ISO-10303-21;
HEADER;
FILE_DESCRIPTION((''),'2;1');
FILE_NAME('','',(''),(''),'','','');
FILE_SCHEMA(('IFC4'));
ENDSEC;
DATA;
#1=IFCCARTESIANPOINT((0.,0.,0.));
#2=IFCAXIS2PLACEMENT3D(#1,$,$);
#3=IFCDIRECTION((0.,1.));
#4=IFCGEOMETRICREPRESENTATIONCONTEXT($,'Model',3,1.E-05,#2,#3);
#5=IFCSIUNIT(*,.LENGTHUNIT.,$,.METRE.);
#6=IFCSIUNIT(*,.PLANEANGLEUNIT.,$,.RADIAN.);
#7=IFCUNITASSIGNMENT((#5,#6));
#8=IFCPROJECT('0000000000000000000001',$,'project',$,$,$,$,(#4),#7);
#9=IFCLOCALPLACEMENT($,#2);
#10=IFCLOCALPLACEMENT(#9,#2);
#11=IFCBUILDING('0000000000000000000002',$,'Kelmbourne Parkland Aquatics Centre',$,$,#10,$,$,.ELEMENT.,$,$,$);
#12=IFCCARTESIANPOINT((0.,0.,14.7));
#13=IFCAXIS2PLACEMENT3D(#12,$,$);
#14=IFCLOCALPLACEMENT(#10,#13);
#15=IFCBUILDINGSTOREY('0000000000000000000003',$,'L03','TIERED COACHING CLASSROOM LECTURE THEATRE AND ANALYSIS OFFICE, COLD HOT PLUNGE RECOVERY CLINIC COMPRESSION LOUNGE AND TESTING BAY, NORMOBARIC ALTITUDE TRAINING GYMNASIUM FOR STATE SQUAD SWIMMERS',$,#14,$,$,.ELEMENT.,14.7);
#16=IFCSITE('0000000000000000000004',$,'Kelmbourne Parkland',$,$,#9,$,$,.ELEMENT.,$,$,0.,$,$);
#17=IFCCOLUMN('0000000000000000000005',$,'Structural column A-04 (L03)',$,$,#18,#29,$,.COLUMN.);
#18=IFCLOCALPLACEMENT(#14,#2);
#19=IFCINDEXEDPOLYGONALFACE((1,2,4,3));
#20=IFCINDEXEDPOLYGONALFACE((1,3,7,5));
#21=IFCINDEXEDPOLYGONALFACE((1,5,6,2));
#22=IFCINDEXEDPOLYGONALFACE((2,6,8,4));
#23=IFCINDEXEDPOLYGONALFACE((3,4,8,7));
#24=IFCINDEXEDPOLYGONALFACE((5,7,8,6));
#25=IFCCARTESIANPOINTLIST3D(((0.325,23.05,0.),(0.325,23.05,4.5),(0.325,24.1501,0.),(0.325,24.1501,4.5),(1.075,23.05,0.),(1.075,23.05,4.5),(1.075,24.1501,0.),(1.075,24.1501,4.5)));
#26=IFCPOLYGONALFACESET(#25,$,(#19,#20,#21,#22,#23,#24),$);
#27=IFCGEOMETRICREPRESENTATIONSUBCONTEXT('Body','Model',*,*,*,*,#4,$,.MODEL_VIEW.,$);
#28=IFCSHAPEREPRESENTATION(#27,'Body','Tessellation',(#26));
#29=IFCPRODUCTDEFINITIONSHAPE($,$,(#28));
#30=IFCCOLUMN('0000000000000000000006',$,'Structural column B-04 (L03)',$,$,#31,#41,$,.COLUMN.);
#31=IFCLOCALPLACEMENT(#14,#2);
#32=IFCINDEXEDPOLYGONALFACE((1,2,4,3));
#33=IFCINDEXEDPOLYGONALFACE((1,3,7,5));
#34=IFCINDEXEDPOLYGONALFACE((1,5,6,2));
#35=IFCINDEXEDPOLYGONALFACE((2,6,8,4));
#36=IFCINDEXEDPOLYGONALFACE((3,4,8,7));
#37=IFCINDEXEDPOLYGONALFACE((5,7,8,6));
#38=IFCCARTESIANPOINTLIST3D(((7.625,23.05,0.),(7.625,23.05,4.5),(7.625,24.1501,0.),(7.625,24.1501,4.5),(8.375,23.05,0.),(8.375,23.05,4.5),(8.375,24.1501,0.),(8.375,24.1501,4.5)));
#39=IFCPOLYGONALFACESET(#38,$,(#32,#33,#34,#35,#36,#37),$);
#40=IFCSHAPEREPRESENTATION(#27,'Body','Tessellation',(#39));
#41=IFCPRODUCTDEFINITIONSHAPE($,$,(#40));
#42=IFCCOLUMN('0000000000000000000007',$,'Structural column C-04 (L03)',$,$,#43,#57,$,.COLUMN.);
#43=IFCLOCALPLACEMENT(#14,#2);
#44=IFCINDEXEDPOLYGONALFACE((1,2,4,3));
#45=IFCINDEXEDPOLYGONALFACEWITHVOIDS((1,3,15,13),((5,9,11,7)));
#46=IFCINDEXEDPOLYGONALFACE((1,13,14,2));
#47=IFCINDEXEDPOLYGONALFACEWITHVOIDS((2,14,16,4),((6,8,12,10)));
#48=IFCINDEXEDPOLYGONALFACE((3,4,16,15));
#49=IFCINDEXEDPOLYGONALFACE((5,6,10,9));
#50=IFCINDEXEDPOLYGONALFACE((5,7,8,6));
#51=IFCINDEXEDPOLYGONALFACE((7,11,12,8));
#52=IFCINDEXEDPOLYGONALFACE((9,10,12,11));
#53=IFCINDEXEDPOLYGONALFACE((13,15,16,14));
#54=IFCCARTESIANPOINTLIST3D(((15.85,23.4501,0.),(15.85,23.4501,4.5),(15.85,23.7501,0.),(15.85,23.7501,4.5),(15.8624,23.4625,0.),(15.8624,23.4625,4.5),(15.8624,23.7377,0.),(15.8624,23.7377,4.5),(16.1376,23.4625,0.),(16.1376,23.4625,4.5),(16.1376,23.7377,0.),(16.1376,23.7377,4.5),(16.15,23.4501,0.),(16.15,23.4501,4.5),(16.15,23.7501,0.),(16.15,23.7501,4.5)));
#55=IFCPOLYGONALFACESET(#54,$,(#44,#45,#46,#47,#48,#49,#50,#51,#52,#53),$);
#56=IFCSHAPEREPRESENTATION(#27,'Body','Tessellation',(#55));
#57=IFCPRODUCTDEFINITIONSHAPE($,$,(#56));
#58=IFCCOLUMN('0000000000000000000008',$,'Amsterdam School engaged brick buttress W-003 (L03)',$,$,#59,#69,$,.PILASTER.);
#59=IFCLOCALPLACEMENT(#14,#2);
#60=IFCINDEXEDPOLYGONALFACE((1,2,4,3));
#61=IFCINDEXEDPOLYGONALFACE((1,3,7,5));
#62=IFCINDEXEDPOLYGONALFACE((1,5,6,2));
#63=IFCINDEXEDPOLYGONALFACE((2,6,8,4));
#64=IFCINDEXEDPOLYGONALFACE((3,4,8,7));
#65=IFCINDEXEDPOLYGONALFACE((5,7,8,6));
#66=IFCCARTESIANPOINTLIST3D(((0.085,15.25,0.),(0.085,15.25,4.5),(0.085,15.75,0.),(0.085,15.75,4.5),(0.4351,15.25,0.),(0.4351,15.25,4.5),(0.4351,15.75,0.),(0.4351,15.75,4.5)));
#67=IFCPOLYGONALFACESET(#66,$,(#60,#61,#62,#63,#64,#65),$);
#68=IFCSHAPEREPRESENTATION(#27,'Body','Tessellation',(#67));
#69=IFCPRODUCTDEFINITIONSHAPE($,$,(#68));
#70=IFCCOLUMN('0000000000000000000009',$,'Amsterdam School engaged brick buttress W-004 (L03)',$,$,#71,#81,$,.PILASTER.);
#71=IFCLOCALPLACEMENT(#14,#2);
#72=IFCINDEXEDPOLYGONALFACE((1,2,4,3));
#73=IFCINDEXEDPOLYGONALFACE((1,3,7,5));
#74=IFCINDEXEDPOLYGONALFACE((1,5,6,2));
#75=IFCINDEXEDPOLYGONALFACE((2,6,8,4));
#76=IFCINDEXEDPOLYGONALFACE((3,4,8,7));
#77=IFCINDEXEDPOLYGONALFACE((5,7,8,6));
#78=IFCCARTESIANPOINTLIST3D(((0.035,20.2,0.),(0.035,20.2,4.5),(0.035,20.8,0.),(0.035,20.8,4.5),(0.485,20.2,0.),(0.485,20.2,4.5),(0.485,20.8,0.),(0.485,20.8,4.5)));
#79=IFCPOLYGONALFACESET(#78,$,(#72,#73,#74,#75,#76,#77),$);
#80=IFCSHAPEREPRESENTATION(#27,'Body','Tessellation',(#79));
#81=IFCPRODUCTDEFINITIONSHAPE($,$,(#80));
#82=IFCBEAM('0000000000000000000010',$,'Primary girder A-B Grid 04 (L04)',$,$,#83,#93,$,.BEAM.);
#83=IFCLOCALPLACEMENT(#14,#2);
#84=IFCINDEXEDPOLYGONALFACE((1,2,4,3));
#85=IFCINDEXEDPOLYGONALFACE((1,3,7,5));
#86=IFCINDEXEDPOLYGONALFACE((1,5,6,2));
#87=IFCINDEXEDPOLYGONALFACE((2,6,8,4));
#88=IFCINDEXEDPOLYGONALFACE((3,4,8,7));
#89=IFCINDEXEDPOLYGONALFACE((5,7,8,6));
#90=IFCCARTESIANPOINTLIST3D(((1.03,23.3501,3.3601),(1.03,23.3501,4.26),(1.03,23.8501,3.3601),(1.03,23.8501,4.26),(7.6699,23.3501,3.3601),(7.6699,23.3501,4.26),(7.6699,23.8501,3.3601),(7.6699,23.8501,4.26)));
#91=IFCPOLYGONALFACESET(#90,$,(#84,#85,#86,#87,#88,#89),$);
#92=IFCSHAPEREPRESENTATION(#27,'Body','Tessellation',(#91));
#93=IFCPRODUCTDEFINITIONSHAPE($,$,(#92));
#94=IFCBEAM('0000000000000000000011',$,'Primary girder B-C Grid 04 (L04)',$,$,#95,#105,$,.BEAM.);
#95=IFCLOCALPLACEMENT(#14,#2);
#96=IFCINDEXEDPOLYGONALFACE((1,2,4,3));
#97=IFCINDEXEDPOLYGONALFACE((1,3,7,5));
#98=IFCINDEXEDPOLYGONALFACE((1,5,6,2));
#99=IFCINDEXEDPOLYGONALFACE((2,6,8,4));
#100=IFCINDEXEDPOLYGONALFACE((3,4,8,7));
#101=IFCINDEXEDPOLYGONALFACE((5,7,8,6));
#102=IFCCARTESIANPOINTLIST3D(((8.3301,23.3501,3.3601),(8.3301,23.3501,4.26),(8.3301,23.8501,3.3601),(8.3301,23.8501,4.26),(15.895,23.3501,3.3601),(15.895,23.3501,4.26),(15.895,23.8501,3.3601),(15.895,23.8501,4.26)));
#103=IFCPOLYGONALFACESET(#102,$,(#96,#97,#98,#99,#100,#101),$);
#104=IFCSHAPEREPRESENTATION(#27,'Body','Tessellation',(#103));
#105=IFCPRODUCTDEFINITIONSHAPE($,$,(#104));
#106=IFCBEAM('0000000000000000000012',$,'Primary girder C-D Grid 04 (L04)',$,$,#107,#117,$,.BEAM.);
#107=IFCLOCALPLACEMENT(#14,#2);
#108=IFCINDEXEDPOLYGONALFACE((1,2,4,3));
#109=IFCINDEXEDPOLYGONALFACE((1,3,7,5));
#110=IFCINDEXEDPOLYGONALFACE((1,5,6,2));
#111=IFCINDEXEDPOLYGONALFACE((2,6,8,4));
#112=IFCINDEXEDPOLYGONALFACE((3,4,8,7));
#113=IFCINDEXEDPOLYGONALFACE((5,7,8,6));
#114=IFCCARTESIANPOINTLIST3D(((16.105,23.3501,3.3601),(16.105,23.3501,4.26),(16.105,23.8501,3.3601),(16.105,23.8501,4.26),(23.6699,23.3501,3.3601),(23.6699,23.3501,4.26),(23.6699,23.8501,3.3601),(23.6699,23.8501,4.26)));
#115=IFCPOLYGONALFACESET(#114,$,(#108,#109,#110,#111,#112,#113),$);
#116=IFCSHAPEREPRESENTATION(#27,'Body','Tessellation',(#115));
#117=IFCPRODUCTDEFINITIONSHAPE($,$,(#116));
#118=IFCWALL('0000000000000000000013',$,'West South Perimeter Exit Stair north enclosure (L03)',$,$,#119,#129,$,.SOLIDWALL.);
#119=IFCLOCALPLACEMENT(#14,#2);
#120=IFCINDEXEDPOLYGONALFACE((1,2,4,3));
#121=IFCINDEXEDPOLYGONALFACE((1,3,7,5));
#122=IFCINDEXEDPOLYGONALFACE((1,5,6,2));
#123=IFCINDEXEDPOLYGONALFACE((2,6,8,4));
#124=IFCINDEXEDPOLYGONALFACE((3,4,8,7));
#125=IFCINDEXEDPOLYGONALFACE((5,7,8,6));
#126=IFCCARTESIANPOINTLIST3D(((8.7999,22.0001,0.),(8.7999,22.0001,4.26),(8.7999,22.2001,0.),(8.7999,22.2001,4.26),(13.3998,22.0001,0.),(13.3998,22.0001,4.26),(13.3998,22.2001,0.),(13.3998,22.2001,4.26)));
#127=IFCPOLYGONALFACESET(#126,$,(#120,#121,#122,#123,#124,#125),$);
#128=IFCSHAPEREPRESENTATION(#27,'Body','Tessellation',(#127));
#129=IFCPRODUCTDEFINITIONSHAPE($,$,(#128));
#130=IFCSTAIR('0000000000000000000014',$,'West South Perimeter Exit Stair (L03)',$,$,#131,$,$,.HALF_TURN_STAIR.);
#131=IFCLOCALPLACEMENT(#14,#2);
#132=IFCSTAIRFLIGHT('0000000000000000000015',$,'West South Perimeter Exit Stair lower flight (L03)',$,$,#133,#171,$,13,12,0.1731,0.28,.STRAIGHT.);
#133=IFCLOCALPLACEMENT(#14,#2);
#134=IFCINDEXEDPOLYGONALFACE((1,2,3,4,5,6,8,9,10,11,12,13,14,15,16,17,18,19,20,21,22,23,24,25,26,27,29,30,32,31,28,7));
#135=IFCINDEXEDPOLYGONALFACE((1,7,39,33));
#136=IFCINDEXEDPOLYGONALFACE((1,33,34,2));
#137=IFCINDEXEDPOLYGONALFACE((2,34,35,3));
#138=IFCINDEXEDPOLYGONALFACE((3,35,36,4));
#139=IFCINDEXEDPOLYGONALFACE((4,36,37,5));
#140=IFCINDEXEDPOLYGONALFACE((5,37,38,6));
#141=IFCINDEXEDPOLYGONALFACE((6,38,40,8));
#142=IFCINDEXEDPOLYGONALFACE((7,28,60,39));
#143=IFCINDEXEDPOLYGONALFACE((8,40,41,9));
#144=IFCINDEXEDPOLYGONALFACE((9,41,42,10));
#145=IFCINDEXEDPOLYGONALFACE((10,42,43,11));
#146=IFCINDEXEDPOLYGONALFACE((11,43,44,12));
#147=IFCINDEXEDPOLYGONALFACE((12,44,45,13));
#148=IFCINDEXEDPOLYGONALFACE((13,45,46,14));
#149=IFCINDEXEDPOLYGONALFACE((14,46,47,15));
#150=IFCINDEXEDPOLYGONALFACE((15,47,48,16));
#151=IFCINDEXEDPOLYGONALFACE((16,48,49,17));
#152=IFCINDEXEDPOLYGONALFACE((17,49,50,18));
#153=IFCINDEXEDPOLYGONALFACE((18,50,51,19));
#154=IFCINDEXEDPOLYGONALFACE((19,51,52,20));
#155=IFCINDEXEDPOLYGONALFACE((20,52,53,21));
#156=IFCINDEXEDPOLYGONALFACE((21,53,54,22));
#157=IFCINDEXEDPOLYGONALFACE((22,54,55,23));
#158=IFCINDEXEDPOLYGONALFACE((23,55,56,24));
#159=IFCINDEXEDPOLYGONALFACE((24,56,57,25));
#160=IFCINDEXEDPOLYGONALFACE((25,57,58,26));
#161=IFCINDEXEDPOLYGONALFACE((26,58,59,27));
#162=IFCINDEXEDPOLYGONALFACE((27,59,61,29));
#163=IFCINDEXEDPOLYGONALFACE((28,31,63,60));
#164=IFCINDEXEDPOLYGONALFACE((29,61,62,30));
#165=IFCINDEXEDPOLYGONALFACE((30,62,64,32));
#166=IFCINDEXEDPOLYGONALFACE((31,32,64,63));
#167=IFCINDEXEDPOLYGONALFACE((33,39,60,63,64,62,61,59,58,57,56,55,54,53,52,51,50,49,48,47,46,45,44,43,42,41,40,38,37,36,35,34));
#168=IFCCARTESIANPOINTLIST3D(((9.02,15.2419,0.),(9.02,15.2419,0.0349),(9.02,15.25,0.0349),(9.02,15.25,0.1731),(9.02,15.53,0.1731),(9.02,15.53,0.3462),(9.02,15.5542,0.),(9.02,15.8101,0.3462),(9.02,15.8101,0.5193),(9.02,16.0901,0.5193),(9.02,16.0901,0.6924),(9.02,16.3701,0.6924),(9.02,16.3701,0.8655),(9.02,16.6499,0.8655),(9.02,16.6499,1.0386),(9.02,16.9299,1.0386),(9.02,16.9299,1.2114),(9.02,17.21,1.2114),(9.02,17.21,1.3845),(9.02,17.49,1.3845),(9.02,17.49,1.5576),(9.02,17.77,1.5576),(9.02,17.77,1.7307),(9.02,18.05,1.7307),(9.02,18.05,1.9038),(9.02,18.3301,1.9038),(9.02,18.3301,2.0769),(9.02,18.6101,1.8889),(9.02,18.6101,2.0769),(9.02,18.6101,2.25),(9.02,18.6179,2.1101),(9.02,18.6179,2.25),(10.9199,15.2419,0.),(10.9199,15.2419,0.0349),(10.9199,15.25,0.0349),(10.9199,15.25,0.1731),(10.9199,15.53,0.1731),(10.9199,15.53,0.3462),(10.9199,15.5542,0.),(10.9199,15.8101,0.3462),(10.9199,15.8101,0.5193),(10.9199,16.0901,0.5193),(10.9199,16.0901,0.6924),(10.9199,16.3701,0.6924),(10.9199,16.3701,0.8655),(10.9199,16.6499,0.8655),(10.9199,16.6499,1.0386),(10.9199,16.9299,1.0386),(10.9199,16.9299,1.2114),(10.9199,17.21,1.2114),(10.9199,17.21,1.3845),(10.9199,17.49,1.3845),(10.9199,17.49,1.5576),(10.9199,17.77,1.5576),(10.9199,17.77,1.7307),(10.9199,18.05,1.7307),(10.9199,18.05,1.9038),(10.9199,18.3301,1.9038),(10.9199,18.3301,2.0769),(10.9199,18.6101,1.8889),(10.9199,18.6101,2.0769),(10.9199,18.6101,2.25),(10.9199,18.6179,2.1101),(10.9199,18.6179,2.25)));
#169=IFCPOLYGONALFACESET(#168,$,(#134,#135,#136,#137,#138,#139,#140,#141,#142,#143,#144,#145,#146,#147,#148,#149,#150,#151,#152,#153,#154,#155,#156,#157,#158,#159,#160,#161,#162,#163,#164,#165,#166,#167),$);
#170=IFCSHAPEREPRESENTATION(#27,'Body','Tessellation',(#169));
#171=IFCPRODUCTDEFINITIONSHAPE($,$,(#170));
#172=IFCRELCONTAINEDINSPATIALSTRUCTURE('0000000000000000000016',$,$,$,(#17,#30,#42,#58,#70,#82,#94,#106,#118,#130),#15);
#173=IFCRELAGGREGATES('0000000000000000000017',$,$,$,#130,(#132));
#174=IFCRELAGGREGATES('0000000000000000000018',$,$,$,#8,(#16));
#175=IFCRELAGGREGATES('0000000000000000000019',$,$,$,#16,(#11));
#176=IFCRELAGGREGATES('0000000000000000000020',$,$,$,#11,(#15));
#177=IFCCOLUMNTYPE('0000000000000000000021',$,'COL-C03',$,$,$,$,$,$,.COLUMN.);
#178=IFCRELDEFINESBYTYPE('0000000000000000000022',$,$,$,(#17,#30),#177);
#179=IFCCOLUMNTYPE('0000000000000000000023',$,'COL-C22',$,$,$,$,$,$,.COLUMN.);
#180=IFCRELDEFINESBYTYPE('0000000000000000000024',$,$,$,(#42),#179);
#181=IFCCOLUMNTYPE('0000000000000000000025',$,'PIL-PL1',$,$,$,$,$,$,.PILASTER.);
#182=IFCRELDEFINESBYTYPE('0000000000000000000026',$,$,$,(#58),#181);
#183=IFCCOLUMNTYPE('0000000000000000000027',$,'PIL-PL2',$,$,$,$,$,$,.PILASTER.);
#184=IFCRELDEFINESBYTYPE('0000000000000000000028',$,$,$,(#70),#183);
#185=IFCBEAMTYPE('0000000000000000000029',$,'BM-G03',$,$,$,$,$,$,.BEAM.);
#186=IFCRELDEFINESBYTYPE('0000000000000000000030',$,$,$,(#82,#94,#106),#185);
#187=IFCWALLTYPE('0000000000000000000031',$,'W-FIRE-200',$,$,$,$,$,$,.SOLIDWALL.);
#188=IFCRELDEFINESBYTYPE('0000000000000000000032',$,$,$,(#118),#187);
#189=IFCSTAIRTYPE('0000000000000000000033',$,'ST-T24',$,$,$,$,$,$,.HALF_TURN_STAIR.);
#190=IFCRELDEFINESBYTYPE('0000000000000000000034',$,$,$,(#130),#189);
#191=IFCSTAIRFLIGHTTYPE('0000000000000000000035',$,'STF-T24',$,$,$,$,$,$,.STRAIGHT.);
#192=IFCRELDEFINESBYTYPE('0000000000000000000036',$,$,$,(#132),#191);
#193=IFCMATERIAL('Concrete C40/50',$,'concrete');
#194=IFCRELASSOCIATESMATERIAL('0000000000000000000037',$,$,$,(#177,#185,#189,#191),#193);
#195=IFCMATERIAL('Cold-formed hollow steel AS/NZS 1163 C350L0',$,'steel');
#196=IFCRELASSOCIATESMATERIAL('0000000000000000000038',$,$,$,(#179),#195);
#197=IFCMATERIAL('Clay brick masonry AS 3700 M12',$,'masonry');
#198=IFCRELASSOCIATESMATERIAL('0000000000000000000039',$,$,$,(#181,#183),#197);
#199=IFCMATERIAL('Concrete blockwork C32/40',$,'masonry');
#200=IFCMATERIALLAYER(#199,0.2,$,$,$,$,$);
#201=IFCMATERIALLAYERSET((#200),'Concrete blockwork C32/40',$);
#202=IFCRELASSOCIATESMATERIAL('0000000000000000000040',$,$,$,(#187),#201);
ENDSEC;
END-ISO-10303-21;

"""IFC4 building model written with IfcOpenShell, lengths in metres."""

from ifc_helpers import new_model, si_unit, direction, frame, frame_2d, origin, origin_2d, place, context, subcontext, project, spatial, polyline, rectangle, hollow_rectangle, outline, extrude, material, layer, layer_set, material_profile, profile_set, type_object, element, aggregate, save


model = new_model("IFC4")

# Units and contexts
model_context = context("Model", 3, precision=1e-05, world=origin(), true_north=direction((0.0, 1.0)))
body_context = subcontext(model_context, "Body", "Model", "MODEL_VIEW")
ifc_project = project(units=[si_unit("LENGTHUNIT", "METRE"), si_unit("PLANEANGLEUNIT", "RADIAN")], contexts=[model_context])

# Site, building, storey
site_placement = place(None, origin())
site = spatial("IfcSite", under=ifc_project, at=site_placement, Name="Kelmbourne Parkland", CompositionType="ELEMENT", RefElevation=0.0)
building_placement = place(site_placement, origin())
building = spatial("IfcBuilding", under=site, at=building_placement, Name="Kelmbourne Parkland Aquatics Centre", CompositionType="ELEMENT")
storey_placement = place(building_placement, frame((0.0, 0.0, 14.7)))
storey = spatial("IfcBuildingStorey", under=building, at=storey_placement, Name="L03", Description="TIERED COACHING CLASSROOM LECTURE THEATRE AND ANALYSIS OFFICE, COLD HOT PLUNGE RECOVERY CLINIC COMPRESSION LOUNGE AND TESTING BAY, NORMOBARIC ALTITUDE TRAINING GYMNASIUM FOR STATE SQUAD SWIMMERS", CompositionType="ELEMENT", Elevation=14.7)

# Columns
ifc_material_1 = material(Name="Concrete C40/50", Category="concrete")
ifc_material_profile_1 = material_profile(ifc_material_1, rectangle(XDim=0.75, YDim=1.1001, at=origin_2d()), Name="RC 750x1100")
ifc_profile_set_1 = profile_set([ifc_material_profile_1], Name="Concrete C40/50")
column_type_1 = type_object("IfcColumnType", Name="COL-C03", PredefinedType="COLUMN", material=ifc_profile_set_1)
for number, where, z_axis, x_axis, name in (
    (1, (0.7, 23.6001, 0.0), (0.0, 0.0, 1.0), (1.0, 0.0, 0.0), "Structural column A-04 (L03)"),
    (2, (8.0, 23.6001, 0.0), (0.0, 0.0, 1.0), (1.0, 0.0, 0.0), "Structural column B-04 (L03)"),
):
    element("IfcColumn", number, at=place(storey_placement, frame(where, z_axis=z_axis, x_axis=x_axis)), inside=storey, type_object=column_type_1, Name=name, PredefinedType="COLUMN", context=body_context, shape_type="SweptSolid", body=[
        extrude(rectangle(XDim=0.75, YDim=1.1001, at=origin_2d()), origin(), (0.0, 0.0, 1.0), 4.5),
    ])
ifc_material_2 = material(Name="Cold-formed hollow steel AS/NZS 1163 C350L0", Category="steel")
ifc_material_profile_2 = material_profile(ifc_material_2, hollow_rectangle(XDim=0.3, YDim=0.3, WallThickness=0.0125, at=origin_2d()), Name="SHS 300x300x12.5")
ifc_profile_set_2 = profile_set([ifc_material_profile_2], Name="Cold-formed hollow steel AS/NZS 1163 C350L0")
column_type_2 = type_object("IfcColumnType", Name="COL-C22", PredefinedType="COLUMN", material=ifc_profile_set_2)
column_1_placement = place(storey_placement, frame((16.0, 23.6001, 0.0), z_axis=(0.0, 0.0, 1.0), x_axis=(1.0, 0.0, 0.0)))
element("IfcColumn", 3, at=column_1_placement, inside=storey, type_object=column_type_2, Name="Structural column C-04 (L03)", PredefinedType="COLUMN", context=body_context, shape_type="SweptSolid", body=[
    extrude(hollow_rectangle(XDim=0.3, YDim=0.3, WallThickness=0.0125, at=origin_2d()), origin(), (0.0, 0.0, 1.0), 4.5),
])
ifc_material_3 = material(Name="Clay brick masonry AS 3700 M12", Category="masonry")
ifc_material_profile_3 = material_profile(ifc_material_3, rectangle(XDim=0.3501, YDim=0.5, at=origin_2d()), Name="PIL 350x500")
ifc_profile_set_3 = profile_set([ifc_material_profile_3], Name="Clay brick masonry AS 3700 M12")
column_type_3 = type_object("IfcColumnType", Name="PIL-PL1", PredefinedType="PILASTER", material=ifc_profile_set_3)
column_2_placement = place(storey_placement, frame((0.26, 15.5, 0.0), z_axis=(0.0, 0.0, 1.0), x_axis=(1.0, 0.0, 0.0)))
element("IfcColumn", 4, at=column_2_placement, inside=storey, type_object=column_type_3, Name="Amsterdam School engaged brick buttress W-003 (L03)", PredefinedType="PILASTER", context=body_context, shape_type="SweptSolid", body=[
    extrude(rectangle(XDim=0.3501, YDim=0.5, at=origin_2d()), origin(), (0.0, 0.0, 1.0), 4.5),
])
ifc_material_profile_4 = material_profile(ifc_material_3, rectangle(XDim=0.45, YDim=0.6001, at=origin_2d()), Name="PIL 450x600")
ifc_profile_set_4 = profile_set([ifc_material_profile_4], Name="Clay brick masonry AS 3700 M12")
column_type_4 = type_object("IfcColumnType", Name="PIL-PL2", PredefinedType="PILASTER", material=ifc_profile_set_4)
column_3_placement = place(storey_placement, frame((0.26, 20.5, 0.0), z_axis=(0.0, 0.0, 1.0), x_axis=(1.0, 0.0, 0.0)))
element("IfcColumn", 5, at=column_3_placement, inside=storey, type_object=column_type_4, Name="Amsterdam School engaged brick buttress W-004 (L03)", PredefinedType="PILASTER", context=body_context, shape_type="SweptSolid", body=[
    extrude(rectangle(XDim=0.45, YDim=0.6001, at=origin_2d()), origin(), (0.0, 0.0, 1.0), 4.5),
])

# Beams
ifc_material_profile_5 = material_profile(ifc_material_1, rectangle(XDim=0.5, YDim=0.8999, at=origin_2d()), Name="RC 500x900")
ifc_profile_set_5 = profile_set([ifc_material_profile_5], Name="Concrete C40/50")
beam_type = type_object("IfcBeamType", Name="BM-G03", PredefinedType="BEAM", material=ifc_profile_set_5)
beam_placement = place(storey_placement, frame((1.03, 23.6001, 3.8101), z_axis=(1.0, 0.0, 0.0), x_axis=(0.0, 1.0, 0.0)))
element("IfcBeam", 6, at=beam_placement, inside=storey, type_object=beam_type, Name="Primary girder A-B Grid 04 (L04)", PredefinedType="BEAM", context=body_context, shape_type="SweptSolid", body=[
    extrude(rectangle(XDim=0.5, YDim=0.8999, at=origin_2d()), origin(), (0.0, 0.0, 1.0), 6.6399),
])
for number, where, z_axis, x_axis, name in (
    (7, (8.3301, 23.6001, 3.8101), (1.0, 0.0, 0.0), (0.0, 1.0, 0.0), "Primary girder B-C Grid 04 (L04)"),
    (8, (16.105, 23.6001, 3.8101), (1.0, 0.0, 0.0), (0.0, 1.0, 0.0), "Primary girder C-D Grid 04 (L04)"),
):
    element("IfcBeam", number, at=place(storey_placement, frame(where, z_axis=z_axis, x_axis=x_axis)), inside=storey, type_object=beam_type, Name=name, PredefinedType="BEAM", context=body_context, shape_type="SweptSolid", body=[
        extrude(rectangle(XDim=0.5, YDim=0.8999, at=origin_2d()), origin(), (0.0, 0.0, 1.0), 7.5649),
    ])

# Wall
ifc_material_4 = material(Name="Concrete blockwork C32/40", Category="masonry")
ifc_layer = layer(ifc_material_4, 0.2)
ifc_layer_set = layer_set([ifc_layer], Name="Concrete blockwork C32/40")
wall_type = type_object("IfcWallType", Name="W-FIRE-200", PredefinedType="SOLIDWALL", material=ifc_layer_set)
wall_placement = place(storey_placement, frame((8.8, 22.1001, 0.0), z_axis=(0.0, 0.0, 1.0), x_axis=(1.0, 0.0, 0.0)))
element("IfcWall", 9, at=wall_placement, inside=storey, type_object=wall_type, Name="West South Perimeter Exit Stair north enclosure (L03)", PredefinedType="SOLIDWALL", context=body_context, shape_type="SweptSolid", body=[
    extrude(rectangle(XDim=4.5999, YDim=0.2, at=frame_2d((2.2998, 0.0))), origin(), (0.0, 0.0, 1.0), 4.26),
])

# Stair, stair flight
stair_type = type_object("IfcStairType", Name="ST-T24", PredefinedType="HALF_TURN_STAIR", material=ifc_material_1)
stair_placement = place(storey_placement, origin())
stair = element("IfcStair", 10, at=stair_placement, inside=storey, type_object=stair_type, Name="West South Perimeter Exit Stair (L03)", PredefinedType="HALF_TURN_STAIR")
stair_flight_type = type_object("IfcStairFlightType", Name="STF-T24", PredefinedType="STRAIGHT", material=ifc_material_1)
stair_flight_1_placement = place(storey_placement, frame((9.97, 15.25, 0.0), z_axis=(0.0, 0.0, 1.0), x_axis=(0.0, 1.0, 0.0)))
stair_flight_1 = element("IfcStairFlight", 11, at=stair_flight_1_placement, type_object=stair_flight_type, Name="West South Perimeter Exit Stair lower flight (L03)", NumberOfRisers=13, NumberOfTreads=12, PredefinedType="STRAIGHT", RiserHeight=0.1731, TreadLength=0.28, context=body_context, shape_type="SweptSolid", body=[
    extrude(outline(polyline([(-0.0081, 0.0), (-0.0081, 0.0349), (0.0, 0.0349), (0.0, 0.1731), (0.28, 0.1731), (0.28, 0.3462), (0.5601, 0.3462), (0.5601, 0.5193), (0.8401, 0.5193), (0.8401, 0.6924), (1.1201, 0.6924), (1.1201, 0.8655), (1.3999, 0.8655), (1.3999, 1.0386), (1.6799, 1.0386), (1.6799, 1.2114), (1.96, 1.2114), (1.96, 1.3845), (2.24, 1.3845), (2.24, 1.5576), (2.52, 1.5576), (2.52, 1.7307), (2.8, 1.7307), (2.8, 1.9038), (3.0801, 1.9038), (3.0801, 2.0769), (3.3601, 2.0769), (3.3601, 2.25), (3.3679, 2.25), (3.3679, 2.1101), (3.3601, 1.8889), (0.3042, 0.0), (-0.0081, 0.0)])), frame((0.0, 0.95, 0.0), z_axis=(0.0, -1.0, 0.0), x_axis=(1.0, 0.0, 0.0)), (0.0, 0.0, 1.0), 1.8999),
])
aggregate(stair, [stair_flight_1])

save(model, "model.ifc")
